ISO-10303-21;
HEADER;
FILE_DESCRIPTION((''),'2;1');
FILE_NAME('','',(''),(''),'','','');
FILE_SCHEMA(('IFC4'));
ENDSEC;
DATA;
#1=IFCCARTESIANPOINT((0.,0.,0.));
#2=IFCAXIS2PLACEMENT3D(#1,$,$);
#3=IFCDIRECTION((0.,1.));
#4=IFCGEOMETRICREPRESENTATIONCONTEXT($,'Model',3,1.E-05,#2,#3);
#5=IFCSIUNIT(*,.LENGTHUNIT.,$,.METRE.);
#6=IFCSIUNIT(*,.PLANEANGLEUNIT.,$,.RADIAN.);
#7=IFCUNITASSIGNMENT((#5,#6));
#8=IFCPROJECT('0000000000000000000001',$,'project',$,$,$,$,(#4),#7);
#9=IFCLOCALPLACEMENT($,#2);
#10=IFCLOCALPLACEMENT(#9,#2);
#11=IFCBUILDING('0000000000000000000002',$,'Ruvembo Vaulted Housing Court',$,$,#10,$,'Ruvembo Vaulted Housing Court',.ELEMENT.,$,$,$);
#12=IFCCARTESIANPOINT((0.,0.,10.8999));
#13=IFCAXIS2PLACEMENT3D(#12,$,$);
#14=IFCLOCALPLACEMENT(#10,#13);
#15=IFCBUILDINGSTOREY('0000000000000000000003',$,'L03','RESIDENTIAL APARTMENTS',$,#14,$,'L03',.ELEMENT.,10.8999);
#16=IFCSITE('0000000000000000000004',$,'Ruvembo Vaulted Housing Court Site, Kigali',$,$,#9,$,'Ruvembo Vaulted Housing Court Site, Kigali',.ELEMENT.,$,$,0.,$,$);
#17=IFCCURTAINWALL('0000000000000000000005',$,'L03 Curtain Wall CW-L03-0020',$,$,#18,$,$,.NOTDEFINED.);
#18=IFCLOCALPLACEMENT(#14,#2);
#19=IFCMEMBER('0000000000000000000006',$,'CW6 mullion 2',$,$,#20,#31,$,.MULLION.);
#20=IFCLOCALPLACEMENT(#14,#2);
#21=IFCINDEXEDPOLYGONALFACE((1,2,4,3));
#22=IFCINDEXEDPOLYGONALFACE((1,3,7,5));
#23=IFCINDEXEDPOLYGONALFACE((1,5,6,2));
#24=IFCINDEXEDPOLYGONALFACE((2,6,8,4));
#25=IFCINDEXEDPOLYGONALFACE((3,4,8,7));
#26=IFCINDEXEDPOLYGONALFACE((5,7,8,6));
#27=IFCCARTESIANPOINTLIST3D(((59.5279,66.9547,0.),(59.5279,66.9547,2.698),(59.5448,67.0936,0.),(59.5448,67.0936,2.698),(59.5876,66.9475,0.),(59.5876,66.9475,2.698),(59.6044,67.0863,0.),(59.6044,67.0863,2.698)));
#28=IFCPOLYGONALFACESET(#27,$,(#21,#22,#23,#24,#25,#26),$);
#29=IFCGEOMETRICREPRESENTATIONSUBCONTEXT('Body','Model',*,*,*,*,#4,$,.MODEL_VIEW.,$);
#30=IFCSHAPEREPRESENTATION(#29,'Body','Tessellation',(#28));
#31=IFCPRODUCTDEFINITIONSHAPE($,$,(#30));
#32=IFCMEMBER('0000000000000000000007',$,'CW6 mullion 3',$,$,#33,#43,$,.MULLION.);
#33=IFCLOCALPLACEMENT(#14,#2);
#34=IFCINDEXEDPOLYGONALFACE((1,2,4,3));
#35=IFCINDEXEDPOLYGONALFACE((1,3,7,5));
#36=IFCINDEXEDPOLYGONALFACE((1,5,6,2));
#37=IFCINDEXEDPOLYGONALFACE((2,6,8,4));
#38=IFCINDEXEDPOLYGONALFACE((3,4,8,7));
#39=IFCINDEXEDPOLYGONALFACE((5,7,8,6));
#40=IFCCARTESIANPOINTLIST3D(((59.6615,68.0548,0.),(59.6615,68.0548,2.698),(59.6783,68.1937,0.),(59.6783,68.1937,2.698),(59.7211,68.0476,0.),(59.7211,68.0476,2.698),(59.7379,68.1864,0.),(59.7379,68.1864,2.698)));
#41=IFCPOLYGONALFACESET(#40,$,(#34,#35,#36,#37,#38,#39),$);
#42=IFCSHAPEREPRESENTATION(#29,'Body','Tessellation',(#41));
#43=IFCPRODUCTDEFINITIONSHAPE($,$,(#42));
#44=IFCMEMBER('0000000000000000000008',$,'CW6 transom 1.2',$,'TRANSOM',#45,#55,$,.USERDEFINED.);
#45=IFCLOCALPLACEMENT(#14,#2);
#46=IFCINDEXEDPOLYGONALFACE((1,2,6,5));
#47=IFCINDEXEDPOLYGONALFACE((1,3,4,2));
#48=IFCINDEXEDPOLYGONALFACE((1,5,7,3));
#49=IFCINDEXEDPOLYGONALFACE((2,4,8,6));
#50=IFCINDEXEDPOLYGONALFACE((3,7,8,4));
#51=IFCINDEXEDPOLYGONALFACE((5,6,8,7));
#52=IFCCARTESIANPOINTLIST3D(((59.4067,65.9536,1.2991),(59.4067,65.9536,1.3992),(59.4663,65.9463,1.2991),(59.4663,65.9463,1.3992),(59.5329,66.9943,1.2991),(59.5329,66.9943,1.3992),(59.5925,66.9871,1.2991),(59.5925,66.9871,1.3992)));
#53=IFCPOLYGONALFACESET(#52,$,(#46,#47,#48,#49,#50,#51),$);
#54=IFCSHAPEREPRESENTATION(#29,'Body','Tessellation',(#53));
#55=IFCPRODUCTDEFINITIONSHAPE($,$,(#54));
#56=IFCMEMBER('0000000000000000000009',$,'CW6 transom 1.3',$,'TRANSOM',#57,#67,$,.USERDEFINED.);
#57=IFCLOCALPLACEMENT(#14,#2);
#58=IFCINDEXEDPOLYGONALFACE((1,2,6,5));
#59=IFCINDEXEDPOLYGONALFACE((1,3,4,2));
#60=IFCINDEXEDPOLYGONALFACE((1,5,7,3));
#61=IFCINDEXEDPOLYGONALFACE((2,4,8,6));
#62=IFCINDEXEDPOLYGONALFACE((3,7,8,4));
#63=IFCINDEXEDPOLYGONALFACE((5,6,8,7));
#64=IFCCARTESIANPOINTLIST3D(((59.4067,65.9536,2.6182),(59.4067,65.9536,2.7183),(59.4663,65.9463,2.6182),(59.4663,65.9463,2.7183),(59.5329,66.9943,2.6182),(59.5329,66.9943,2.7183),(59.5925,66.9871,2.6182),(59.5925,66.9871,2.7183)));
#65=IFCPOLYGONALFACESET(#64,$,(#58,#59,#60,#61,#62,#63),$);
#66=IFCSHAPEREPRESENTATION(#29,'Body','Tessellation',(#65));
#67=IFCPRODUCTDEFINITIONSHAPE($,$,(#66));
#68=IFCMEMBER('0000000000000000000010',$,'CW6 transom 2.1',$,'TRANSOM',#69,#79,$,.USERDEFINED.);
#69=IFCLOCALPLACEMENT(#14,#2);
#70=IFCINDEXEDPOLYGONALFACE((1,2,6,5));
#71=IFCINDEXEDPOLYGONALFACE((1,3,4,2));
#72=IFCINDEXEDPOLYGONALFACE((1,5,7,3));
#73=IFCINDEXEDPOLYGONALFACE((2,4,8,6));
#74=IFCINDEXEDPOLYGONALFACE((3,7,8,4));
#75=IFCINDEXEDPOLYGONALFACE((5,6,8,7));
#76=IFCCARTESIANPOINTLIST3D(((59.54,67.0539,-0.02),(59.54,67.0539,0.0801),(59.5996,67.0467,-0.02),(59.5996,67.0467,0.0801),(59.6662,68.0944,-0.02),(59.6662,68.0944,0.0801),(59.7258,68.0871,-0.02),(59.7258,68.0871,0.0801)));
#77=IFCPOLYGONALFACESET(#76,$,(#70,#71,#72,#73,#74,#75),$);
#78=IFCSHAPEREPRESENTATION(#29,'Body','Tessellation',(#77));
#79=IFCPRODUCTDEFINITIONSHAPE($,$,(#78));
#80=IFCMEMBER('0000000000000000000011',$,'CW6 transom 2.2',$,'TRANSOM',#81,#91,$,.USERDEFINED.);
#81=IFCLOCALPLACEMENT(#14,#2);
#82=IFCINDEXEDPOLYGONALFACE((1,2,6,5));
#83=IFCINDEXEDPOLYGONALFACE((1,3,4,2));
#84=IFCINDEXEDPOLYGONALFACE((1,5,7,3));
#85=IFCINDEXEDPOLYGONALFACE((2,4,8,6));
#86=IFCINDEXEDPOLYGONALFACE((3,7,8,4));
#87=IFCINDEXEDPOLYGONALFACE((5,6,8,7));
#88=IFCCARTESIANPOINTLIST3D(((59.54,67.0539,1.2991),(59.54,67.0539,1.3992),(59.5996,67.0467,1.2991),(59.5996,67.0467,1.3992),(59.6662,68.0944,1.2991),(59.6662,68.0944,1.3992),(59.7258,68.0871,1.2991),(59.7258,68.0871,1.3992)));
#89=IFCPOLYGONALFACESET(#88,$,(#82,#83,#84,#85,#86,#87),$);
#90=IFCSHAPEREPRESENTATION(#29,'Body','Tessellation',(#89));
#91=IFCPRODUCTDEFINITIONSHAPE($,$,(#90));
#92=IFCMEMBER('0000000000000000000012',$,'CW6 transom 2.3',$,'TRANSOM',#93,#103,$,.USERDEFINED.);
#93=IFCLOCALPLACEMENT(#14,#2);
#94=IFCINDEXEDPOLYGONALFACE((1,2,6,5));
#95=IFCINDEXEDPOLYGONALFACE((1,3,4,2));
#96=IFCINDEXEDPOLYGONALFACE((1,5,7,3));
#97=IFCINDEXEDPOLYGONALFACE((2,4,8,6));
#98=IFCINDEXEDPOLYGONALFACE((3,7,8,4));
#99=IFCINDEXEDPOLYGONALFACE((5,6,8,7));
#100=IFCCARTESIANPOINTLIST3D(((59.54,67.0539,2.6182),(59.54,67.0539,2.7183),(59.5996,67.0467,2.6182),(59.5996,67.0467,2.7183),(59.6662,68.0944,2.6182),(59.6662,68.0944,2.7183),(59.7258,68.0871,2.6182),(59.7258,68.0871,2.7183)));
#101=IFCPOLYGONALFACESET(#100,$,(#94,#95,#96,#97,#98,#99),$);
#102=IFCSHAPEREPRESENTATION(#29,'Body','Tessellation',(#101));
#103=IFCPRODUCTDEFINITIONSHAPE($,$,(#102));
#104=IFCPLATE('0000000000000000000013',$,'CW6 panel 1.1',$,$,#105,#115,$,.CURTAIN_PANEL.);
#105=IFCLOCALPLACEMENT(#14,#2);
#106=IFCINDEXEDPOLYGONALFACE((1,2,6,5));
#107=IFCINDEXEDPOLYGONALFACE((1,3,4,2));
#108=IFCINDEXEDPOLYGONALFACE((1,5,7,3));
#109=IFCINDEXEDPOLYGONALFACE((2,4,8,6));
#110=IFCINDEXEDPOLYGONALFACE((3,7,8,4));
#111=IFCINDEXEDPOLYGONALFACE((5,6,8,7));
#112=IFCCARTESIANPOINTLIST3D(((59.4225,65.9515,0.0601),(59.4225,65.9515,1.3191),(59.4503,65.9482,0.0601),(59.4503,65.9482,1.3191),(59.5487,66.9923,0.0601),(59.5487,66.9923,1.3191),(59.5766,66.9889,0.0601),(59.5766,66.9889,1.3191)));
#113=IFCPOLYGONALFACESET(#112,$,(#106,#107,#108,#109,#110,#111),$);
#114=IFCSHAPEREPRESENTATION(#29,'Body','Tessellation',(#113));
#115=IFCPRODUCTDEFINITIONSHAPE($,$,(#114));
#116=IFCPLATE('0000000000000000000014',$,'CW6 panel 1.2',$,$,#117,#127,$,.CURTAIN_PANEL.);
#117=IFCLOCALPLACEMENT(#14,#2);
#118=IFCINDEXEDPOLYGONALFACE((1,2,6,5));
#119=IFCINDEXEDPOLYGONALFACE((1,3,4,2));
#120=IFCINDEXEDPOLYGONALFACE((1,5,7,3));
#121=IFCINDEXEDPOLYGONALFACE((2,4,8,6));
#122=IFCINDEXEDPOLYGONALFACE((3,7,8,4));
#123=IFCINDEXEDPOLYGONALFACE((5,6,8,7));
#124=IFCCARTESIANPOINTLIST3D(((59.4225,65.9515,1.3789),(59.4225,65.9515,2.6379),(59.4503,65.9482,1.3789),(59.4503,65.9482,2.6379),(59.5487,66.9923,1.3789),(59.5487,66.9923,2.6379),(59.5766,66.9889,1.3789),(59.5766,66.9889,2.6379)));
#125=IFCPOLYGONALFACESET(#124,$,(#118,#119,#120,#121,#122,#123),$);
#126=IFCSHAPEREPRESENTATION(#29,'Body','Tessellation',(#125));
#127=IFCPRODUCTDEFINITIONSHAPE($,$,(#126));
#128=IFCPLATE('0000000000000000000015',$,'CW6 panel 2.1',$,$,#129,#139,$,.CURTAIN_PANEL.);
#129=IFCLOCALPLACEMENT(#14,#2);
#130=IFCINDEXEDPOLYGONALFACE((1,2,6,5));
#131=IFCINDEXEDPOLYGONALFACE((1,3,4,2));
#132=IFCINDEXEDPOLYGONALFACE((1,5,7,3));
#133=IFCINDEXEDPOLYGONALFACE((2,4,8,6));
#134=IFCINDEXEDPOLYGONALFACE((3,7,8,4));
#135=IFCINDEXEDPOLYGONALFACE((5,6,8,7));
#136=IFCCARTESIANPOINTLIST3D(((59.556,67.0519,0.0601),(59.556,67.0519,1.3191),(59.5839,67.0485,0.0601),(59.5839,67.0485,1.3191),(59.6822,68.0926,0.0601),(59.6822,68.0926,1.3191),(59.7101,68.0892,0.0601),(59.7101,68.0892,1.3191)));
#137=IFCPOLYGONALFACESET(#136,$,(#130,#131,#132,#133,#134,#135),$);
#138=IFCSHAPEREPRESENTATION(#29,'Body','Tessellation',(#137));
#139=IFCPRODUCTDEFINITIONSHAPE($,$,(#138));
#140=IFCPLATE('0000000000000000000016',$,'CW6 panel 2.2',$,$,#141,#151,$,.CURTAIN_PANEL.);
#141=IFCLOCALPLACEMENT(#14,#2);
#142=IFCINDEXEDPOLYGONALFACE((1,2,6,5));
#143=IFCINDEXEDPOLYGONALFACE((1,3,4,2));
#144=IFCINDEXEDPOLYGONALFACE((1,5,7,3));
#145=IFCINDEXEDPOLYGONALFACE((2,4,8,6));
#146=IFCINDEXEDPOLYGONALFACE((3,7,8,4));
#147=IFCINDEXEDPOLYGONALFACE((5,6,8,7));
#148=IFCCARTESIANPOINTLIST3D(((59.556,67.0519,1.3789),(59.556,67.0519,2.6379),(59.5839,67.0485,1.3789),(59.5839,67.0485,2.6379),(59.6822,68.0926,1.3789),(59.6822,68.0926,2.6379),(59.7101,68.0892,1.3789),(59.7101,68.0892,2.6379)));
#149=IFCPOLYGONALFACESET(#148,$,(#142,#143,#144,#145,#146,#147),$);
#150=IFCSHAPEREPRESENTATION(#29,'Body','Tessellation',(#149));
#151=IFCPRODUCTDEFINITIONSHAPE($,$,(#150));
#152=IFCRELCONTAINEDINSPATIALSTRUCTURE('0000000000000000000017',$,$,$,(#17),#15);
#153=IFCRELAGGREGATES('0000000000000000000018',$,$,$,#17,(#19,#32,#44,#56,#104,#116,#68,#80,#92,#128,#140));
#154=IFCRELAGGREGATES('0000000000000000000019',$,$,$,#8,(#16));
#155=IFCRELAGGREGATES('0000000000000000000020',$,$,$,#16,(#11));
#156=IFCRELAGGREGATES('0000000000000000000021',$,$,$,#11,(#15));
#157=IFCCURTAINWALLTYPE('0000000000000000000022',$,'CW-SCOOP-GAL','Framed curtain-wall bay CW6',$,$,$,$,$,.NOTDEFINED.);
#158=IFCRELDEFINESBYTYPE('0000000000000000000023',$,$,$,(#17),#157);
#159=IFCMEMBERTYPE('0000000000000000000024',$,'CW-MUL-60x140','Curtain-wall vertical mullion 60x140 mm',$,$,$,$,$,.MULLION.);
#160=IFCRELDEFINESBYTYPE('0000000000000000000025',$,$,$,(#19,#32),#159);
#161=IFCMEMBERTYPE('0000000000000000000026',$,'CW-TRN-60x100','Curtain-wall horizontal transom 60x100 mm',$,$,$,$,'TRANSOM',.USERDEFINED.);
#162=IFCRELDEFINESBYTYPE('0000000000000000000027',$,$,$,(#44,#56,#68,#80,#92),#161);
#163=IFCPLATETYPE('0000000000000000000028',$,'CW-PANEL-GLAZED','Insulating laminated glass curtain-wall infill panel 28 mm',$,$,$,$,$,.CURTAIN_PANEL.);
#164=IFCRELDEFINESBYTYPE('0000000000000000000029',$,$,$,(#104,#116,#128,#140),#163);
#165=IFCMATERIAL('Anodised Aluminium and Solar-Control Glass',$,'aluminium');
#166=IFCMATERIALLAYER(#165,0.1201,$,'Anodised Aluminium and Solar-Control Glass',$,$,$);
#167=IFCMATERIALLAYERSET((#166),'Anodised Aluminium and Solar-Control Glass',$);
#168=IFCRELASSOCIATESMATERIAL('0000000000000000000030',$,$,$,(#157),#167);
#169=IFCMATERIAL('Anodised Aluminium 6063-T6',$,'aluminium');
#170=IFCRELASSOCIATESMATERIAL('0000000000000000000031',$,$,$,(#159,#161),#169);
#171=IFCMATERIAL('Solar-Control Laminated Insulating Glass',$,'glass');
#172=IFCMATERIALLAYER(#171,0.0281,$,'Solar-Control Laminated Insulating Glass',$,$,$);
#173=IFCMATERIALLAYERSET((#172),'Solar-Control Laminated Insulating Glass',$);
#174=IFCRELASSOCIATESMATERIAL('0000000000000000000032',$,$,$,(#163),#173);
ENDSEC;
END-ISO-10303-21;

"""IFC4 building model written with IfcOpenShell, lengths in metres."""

from ifc_helpers import new_model, si_unit, direction, frame, origin, origin_2d, place, context, subcontext, project, spatial, rectangle, extrude, material, layer, layer_set, material_profile, profile_set, type_object, element, aggregate, save


model = new_model("IFC4")

# Units and contexts
model_context = context("Model", 3, precision=1e-05, world=origin(), true_north=direction((0.0, 1.0)))
body_context = subcontext(model_context, "Body", "Model", "MODEL_VIEW")
ifc_project = project(units=[si_unit("LENGTHUNIT", "METRE"), si_unit("PLANEANGLEUNIT", "RADIAN")], contexts=[model_context])

# Site, building, storey
site_placement = place(None, origin())
site = spatial("IfcSite", under=ifc_project, at=site_placement, Name="Ruvembo Vaulted Housing Court Site, Kigali", LongName="Ruvembo Vaulted Housing Court Site, Kigali", CompositionType="ELEMENT", RefElevation=0.0)
building_placement = place(site_placement, origin())
building = spatial("IfcBuilding", under=site, at=building_placement, Name="Ruvembo Vaulted Housing Court", LongName="Ruvembo Vaulted Housing Court", CompositionType="ELEMENT")
storey_placement = place(building_placement, frame((0.0, 0.0, 10.8999)))
storey = spatial("IfcBuildingStorey", under=building, at=storey_placement, Name="L03", Description="RESIDENTIAL APARTMENTS", LongName="L03", CompositionType="ELEMENT", Elevation=10.8999)

# Curtain wall, members, plates
ifc_material_1 = material(Name="Anodised Aluminium and Solar-Control Glass", Category="aluminium")
ifc_layer_1 = layer(ifc_material_1, 0.1201, Name="Anodised Aluminium and Solar-Control Glass")
ifc_layer_set_1 = layer_set([ifc_layer_1], Name="Anodised Aluminium and Solar-Control Glass")
curtain_wall_type = type_object("IfcCurtainWallType", Name="CW-SCOOP-GAL", Description="Framed curtain-wall bay CW6", PredefinedType="NOTDEFINED", material=ifc_layer_set_1)
curtain_wall_placement = place(storey_placement, origin())
curtain_wall = element("IfcCurtainWall", 1, at=curtain_wall_placement, inside=storey, type_object=curtain_wall_type, Name="L03 Curtain Wall CW-L03-0020", PredefinedType="NOTDEFINED")
ifc_material_2 = material(Name="Anodised Aluminium 6063-T6", Category="aluminium")
ifc_material_profile_1 = material_profile(ifc_material_2, rectangle(XDim=0.0601, YDim=0.1399, at=origin_2d()), Name="ALU 60x140")
ifc_profile_set_1 = profile_set([ifc_material_profile_1], Name="Anodised Aluminium 6063-T6")
member_type_1 = type_object("IfcMemberType", Name="CW-MUL-60x140", Description="Curtain-wall vertical mullion 60x140 mm", PredefinedType="MULLION", material=ifc_profile_set_1)
member_1_placement = place(storey_placement, frame((59.5662, 67.0205, 0.0), z_axis=(0.0, 0.0, 1.0), x_axis=(-0.992725, 0.120401, 0.0)))
member_1 = element("IfcMember", 2, at=member_1_placement, type_object=member_type_1, Name="CW6 mullion 2", PredefinedType="MULLION", context=body_context, shape_type="SweptSolid", body=[
    extrude(rectangle(XDim=0.0601, YDim=0.1399, at=origin_2d()), origin(), (0.0, 0.0, 1.0), 2.698),
])
member_2_placement = place(storey_placement, frame((59.6997, 68.1206, 0.0), z_axis=(0.0, 0.0, 1.0), x_axis=(-0.992725, 0.120401, 0.0)))
member_2 = element("IfcMember", 3, at=member_2_placement, type_object=member_type_1, Name="CW6 mullion 3", PredefinedType="MULLION", context=body_context, shape_type="SweptSolid", body=[
    extrude(rectangle(XDim=0.0601, YDim=0.1399, at=origin_2d()), origin(), (0.0, 0.0, 1.0), 2.698),
])
ifc_material_profile_2 = material_profile(ifc_material_2, rectangle(XDim=0.0601, YDim=0.1001, at=origin_2d()), Name="ALU 60x100")
ifc_profile_set_2 = profile_set([ifc_material_profile_2], Name="Anodised Aluminium 6063-T6")
member_type_2 = type_object("IfcMemberType", Name="CW-TRN-60x100", Description="Curtain-wall horizontal transom 60x100 mm", ElementType="TRANSOM", PredefinedType="USERDEFINED", material=ifc_profile_set_2)
member_3_placement = place(storey_placement, frame((59.4365, 65.95, 1.3491), z_axis=(0.120394, 0.992726, 0.0), x_axis=(-0.992726, 0.120394, 0.0)))
member_3 = element("IfcMember", 4, at=member_3_placement, type_object=member_type_2, Name="CW6 transom 1.2", ObjectType="TRANSOM", PredefinedType="USERDEFINED", context=body_context, shape_type="SweptSolid", body=[
    extrude(rectangle(XDim=0.0601, YDim=0.1001, at=origin_2d()), origin(), (0.0, 0.0, 1.0), 1.0483),
])
member_4_placement = place(storey_placement, frame((59.4365, 65.95, 2.6682), z_axis=(0.120394, 0.992726, 0.0), x_axis=(-0.992726, 0.120394, 0.0)))
member_4 = element("IfcMember", 5, at=member_4_placement, type_object=member_type_2, Name="CW6 transom 1.3", ObjectType="TRANSOM", PredefinedType="USERDEFINED", context=body_context, shape_type="SweptSolid", body=[
    extrude(rectangle(XDim=0.0601, YDim=0.1001, at=origin_2d()), origin(), (0.0, 0.0, 1.0), 1.0483),
])
member_5_placement = place(storey_placement, frame((59.5698, 67.0503, 0.03), z_axis=(0.120422, 0.992723, 0.0), x_axis=(-0.992723, 0.120422, 0.0)))
member_5 = element("IfcMember", 6, at=member_5_placement, type_object=member_type_2, Name="CW6 transom 2.1", ObjectType="TRANSOM", PredefinedType="USERDEFINED", context=body_context, shape_type="SweptSolid", body=[
    extrude(rectangle(XDim=0.0601, YDim=0.1001, at=origin_2d()), origin(), (0.0, 0.0, 1.0), 1.0481),
])
member_6_placement = place(storey_placement, frame((59.5698, 67.0503, 1.3491), z_axis=(0.120422, 0.992723, 0.0), x_axis=(-0.992723, 0.120422, 0.0)))
member_6 = element("IfcMember", 7, at=member_6_placement, type_object=member_type_2, Name="CW6 transom 2.2", ObjectType="TRANSOM", PredefinedType="USERDEFINED", context=body_context, shape_type="SweptSolid", body=[
    extrude(rectangle(XDim=0.0601, YDim=0.1001, at=origin_2d()), origin(), (0.0, 0.0, 1.0), 1.0481),
])
member_7_placement = place(storey_placement, frame((59.5698, 67.0503, 2.6682), z_axis=(0.120422, 0.992723, 0.0), x_axis=(-0.992723, 0.120422, 0.0)))
member_7 = element("IfcMember", 8, at=member_7_placement, type_object=member_type_2, Name="CW6 transom 2.3", ObjectType="TRANSOM", PredefinedType="USERDEFINED", context=body_context, shape_type="SweptSolid", body=[
    extrude(rectangle(XDim=0.0601, YDim=0.1001, at=origin_2d()), origin(), (0.0, 0.0, 1.0), 1.0481),
])
ifc_material_3 = material(Name="Solar-Control Laminated Insulating Glass", Category="glass")
ifc_layer_2 = layer(ifc_material_3, 0.0281, Name="Solar-Control Laminated Insulating Glass")
ifc_layer_set_2 = layer_set([ifc_layer_2], Name="Solar-Control Laminated Insulating Glass")
plate_type = type_object("IfcPlateType", Name="CW-PANEL-GLAZED", Description="Insulating laminated glass curtain-wall infill panel 28 mm", PredefinedType="CURTAIN_PANEL", material=ifc_layer_set_2)
plate_1_placement = place(storey_placement, frame((59.4995, 66.4702, 0.0601), z_axis=(0.0, 0.0, 1.0), x_axis=(0.120401, 0.992725, 0.0)))
plate_1 = element("IfcPlate", 9, at=plate_1_placement, type_object=plate_type, Name="CW6 panel 1.1", PredefinedType="CURTAIN_PANEL", context=body_context, shape_type="SweptSolid", body=[
    extrude(rectangle(XDim=1.0483, YDim=0.0281, at=origin_2d()), origin(), (0.0, 0.0, 1.0), 1.259),
])
plate_2_placement = place(storey_placement, frame((59.4995, 66.4702, 1.3789), z_axis=(0.0, 0.0, 1.0), x_axis=(0.120401, 0.992725, 0.0)))
plate_2 = element("IfcPlate", 10, at=plate_2_placement, type_object=plate_type, Name="CW6 panel 1.2", PredefinedType="CURTAIN_PANEL", context=body_context, shape_type="SweptSolid", body=[
    extrude(rectangle(XDim=1.0483, YDim=0.0281, at=origin_2d()), origin(), (0.0, 0.0, 1.0), 1.259),
])
plate_3_placement = place(storey_placement, frame((59.6331, 67.5706, 0.0601), z_axis=(0.0, 0.0, 1.0), x_axis=(0.120401, 0.992725, 0.0)))
plate_3 = element("IfcPlate", 11, at=plate_3_placement, type_object=plate_type, Name="CW6 panel 2.1", PredefinedType="CURTAIN_PANEL", context=body_context, shape_type="SweptSolid", body=[
    extrude(rectangle(XDim=1.0483, YDim=0.0281, at=origin_2d()), origin(), (0.0, 0.0, 1.0), 1.259),
])
plate_4_placement = place(storey_placement, frame((59.6331, 67.5706, 1.3789), z_axis=(0.0, 0.0, 1.0), x_axis=(0.120401, 0.992725, 0.0)))
plate_4 = element("IfcPlate", 12, at=plate_4_placement, type_object=plate_type, Name="CW6 panel 2.2", PredefinedType="CURTAIN_PANEL", context=body_context, shape_type="SweptSolid", body=[
    extrude(rectangle(XDim=1.0483, YDim=0.0281, at=origin_2d()), origin(), (0.0, 0.0, 1.0), 1.259),
])
aggregate(curtain_wall, [member_1, member_2, member_3, member_4, plate_1, plate_2, member_5, member_6, member_7, plate_3, plate_4])

save(model, "model.ifc")
